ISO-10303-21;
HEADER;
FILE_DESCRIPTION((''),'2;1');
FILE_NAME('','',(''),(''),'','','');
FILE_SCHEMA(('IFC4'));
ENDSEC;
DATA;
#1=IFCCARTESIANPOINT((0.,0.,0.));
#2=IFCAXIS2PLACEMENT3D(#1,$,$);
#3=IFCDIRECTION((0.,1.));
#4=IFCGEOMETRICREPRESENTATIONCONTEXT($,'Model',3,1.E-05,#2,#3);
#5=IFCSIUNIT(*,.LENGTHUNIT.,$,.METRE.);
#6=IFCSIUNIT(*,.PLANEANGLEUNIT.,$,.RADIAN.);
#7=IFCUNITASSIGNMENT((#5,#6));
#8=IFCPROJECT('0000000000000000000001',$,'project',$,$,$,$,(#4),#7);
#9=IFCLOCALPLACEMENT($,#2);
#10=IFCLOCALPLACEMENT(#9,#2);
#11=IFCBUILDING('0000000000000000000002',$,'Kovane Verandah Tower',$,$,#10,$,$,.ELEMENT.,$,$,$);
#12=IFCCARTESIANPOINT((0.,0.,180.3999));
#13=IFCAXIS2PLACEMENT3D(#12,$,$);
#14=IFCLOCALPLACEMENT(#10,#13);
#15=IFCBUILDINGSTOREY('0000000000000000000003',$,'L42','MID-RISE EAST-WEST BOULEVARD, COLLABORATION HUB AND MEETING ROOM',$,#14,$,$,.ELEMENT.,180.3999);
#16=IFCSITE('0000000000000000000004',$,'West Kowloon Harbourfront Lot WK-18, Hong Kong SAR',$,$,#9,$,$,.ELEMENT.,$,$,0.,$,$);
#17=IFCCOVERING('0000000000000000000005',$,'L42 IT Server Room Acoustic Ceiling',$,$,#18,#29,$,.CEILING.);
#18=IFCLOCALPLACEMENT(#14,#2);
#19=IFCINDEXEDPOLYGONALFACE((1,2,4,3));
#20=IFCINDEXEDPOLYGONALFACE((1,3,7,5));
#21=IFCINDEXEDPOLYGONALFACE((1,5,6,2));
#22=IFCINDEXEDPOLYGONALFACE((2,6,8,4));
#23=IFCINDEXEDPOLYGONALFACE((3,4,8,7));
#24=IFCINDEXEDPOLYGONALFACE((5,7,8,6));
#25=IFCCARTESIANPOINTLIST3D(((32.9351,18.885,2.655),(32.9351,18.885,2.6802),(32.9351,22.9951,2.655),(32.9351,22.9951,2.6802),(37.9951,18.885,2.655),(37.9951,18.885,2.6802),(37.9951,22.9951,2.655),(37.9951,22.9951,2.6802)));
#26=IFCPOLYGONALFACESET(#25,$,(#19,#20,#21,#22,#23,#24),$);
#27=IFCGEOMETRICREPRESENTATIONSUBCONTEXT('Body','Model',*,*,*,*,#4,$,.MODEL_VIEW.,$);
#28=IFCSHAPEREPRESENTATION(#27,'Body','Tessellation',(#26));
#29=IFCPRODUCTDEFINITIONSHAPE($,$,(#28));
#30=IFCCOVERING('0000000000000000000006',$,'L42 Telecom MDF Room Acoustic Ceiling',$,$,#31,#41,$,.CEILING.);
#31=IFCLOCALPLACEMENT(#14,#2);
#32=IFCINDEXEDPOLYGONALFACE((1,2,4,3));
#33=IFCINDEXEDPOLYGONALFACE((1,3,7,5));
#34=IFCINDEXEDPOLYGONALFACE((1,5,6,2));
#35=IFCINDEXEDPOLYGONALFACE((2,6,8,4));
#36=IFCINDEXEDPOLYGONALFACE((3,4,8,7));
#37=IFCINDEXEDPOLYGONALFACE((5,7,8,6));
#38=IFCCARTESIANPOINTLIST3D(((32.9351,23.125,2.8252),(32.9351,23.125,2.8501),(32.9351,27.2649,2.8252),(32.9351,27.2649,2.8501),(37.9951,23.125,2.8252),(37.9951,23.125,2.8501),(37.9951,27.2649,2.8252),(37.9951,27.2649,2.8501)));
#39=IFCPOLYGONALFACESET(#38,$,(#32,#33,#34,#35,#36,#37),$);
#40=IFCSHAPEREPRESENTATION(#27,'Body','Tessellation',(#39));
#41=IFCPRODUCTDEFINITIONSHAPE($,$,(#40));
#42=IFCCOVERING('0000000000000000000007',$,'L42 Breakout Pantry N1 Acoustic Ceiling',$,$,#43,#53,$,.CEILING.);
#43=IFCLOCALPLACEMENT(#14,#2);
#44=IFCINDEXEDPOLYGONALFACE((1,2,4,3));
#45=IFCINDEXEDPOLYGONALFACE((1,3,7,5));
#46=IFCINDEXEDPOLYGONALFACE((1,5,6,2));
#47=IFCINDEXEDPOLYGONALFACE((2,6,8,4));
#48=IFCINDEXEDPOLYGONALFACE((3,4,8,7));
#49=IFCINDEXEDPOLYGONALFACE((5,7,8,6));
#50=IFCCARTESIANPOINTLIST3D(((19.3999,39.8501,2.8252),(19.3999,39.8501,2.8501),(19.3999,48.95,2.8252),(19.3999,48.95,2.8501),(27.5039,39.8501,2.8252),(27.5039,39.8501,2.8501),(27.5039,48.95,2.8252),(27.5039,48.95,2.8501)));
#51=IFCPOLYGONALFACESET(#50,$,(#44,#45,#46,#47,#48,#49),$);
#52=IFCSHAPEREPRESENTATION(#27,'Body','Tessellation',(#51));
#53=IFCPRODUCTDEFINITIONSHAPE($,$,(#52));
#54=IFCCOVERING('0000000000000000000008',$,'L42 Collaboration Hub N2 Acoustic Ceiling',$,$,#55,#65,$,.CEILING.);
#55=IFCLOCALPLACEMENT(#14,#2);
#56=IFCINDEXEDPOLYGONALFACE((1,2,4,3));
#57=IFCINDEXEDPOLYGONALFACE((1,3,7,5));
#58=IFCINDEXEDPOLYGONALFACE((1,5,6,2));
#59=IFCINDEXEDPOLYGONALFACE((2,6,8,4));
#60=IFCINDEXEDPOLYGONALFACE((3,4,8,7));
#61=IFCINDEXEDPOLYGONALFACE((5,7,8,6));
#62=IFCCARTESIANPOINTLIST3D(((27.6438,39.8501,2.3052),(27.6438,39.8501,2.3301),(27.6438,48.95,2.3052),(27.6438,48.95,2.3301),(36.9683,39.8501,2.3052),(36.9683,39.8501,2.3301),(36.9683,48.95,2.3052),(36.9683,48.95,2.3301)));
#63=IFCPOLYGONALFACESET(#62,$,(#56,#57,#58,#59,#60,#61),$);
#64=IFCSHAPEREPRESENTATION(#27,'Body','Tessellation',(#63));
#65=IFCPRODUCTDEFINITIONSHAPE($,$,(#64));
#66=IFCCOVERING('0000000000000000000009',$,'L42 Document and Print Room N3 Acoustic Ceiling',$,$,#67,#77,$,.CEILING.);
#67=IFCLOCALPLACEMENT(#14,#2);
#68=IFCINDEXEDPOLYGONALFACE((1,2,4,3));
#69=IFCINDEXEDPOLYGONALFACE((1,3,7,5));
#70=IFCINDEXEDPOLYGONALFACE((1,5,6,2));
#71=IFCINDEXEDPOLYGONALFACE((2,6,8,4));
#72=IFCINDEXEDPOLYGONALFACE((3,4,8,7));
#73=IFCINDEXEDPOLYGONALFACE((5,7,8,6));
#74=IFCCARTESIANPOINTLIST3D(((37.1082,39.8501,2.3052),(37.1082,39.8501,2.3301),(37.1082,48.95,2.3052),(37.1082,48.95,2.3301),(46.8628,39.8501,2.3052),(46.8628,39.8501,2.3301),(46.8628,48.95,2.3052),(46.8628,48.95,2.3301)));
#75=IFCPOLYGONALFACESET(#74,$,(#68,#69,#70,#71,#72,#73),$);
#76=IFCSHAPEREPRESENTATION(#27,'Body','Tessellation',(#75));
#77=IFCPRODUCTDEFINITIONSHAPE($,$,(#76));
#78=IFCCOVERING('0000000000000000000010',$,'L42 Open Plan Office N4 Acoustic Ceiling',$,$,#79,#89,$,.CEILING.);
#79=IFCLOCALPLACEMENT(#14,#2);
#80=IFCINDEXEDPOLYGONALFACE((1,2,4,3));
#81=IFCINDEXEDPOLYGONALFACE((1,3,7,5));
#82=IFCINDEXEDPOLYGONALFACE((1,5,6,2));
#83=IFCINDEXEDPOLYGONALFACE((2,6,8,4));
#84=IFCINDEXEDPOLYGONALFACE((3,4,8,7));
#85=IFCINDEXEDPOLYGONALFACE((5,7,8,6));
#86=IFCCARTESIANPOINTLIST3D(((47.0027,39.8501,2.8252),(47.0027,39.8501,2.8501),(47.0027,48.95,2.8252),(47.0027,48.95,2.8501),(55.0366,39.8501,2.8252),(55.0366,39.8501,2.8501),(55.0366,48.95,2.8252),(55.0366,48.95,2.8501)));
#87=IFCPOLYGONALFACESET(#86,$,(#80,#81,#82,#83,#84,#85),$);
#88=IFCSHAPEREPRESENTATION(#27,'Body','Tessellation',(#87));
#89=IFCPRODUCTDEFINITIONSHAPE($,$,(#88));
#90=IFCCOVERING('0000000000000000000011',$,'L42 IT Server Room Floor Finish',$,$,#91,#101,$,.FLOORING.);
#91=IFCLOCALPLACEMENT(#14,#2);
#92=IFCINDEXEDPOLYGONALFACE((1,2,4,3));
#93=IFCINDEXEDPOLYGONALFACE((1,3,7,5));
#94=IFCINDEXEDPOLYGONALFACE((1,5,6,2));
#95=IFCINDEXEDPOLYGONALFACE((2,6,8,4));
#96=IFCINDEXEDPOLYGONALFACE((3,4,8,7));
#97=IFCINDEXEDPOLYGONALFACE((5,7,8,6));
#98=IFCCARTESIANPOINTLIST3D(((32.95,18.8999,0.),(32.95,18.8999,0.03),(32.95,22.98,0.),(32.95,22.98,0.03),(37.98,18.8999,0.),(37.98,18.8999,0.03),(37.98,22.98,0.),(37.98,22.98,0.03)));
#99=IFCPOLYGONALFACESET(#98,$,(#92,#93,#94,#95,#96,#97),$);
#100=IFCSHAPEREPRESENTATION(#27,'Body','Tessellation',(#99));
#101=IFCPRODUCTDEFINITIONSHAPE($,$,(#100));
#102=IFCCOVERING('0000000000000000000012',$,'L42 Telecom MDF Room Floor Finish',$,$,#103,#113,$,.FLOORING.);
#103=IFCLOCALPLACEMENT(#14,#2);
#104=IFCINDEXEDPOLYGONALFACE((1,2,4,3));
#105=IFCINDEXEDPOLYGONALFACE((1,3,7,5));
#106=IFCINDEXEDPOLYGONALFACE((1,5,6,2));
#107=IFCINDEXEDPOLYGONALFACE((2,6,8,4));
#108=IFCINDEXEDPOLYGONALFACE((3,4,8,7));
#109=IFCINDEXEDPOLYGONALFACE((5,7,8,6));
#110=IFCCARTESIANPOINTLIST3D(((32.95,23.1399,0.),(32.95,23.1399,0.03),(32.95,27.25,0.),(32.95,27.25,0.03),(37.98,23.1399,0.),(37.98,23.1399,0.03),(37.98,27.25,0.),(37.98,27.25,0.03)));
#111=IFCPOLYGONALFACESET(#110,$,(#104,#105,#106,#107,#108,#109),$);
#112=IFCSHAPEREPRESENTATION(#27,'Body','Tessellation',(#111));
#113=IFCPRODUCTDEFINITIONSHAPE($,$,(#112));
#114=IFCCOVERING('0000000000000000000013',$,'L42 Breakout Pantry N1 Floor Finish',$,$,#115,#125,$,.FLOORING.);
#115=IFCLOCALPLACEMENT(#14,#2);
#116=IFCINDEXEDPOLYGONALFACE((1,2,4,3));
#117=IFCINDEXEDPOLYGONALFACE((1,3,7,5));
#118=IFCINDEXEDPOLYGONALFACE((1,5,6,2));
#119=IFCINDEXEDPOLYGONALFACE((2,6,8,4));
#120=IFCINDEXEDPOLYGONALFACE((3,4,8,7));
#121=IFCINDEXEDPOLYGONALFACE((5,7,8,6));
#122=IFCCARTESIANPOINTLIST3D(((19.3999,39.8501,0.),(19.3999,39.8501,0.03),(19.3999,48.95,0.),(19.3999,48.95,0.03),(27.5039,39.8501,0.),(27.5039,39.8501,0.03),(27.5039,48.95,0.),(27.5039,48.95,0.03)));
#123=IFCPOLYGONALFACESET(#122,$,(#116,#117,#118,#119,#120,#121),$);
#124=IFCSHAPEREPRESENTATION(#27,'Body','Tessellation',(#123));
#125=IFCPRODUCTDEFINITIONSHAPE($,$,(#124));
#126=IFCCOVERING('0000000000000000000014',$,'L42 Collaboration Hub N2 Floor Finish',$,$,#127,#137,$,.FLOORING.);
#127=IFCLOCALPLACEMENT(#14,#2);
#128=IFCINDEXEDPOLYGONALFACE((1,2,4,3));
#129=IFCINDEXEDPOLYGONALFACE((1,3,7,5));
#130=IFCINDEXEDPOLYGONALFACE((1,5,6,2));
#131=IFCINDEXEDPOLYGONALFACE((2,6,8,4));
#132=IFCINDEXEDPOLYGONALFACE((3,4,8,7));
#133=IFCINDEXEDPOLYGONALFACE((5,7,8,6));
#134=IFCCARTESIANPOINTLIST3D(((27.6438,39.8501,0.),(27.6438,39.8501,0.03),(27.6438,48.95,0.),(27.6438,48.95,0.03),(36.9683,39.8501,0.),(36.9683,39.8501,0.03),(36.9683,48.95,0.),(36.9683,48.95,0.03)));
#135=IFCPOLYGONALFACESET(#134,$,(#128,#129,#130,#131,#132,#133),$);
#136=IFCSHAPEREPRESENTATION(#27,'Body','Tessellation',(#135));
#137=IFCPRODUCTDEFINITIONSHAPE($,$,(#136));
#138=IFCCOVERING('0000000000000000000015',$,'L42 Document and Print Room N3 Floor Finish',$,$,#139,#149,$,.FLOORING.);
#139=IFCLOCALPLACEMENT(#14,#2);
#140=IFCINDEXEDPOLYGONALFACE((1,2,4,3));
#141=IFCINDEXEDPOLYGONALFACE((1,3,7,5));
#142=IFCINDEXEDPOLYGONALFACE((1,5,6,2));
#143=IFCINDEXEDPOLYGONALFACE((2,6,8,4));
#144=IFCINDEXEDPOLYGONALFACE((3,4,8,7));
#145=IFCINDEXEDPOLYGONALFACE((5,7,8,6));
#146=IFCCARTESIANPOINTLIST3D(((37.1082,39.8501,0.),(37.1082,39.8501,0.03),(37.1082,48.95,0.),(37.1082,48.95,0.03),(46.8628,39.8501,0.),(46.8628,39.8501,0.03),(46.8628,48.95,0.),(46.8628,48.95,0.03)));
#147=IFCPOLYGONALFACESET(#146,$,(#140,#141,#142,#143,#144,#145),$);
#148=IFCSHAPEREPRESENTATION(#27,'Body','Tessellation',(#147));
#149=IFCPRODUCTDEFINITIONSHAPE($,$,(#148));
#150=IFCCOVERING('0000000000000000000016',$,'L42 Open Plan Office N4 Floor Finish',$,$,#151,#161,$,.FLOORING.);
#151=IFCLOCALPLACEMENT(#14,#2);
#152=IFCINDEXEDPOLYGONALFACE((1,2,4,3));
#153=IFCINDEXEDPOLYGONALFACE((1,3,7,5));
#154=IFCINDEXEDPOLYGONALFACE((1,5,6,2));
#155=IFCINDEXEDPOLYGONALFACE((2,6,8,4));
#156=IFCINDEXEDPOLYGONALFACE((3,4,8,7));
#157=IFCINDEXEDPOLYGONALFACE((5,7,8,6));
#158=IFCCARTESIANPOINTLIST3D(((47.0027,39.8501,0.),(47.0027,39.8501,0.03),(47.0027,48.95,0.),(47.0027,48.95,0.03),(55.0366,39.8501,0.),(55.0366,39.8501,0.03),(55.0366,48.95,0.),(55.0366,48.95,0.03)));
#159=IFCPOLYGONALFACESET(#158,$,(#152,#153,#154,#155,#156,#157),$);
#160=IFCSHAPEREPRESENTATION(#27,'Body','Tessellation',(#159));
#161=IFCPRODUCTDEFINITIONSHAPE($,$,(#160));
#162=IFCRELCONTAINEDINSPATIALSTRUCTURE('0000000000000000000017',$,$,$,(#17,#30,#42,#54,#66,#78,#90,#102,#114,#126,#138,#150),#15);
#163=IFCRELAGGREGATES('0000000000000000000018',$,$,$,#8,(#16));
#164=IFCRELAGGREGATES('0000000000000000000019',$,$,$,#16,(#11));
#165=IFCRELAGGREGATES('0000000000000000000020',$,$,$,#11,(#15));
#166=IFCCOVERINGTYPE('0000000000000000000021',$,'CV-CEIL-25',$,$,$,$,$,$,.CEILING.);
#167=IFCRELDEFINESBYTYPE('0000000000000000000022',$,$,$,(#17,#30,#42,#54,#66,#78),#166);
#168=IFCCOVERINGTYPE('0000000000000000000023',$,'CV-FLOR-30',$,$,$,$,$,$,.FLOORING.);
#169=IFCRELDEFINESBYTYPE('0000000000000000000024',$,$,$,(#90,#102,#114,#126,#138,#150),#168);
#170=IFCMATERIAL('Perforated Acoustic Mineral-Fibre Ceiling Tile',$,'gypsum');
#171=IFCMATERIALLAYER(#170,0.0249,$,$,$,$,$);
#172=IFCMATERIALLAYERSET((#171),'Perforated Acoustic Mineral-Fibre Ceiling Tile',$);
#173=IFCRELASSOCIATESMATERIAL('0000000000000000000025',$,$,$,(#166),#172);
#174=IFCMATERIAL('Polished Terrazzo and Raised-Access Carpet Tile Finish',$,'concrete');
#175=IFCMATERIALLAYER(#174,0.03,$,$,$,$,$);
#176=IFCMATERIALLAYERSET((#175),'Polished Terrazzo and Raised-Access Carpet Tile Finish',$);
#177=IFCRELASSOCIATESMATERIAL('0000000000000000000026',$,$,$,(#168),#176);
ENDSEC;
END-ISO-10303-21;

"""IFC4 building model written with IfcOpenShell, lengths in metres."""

from ifc_helpers import new_model, si_unit, direction, frame, origin, place, context, subcontext, project, spatial, polyline, outline, extrude, material, layer, layer_set, type_object, element, save


model = new_model("IFC4")

# Units and contexts
model_context = context("Model", 3, precision=1e-05, world=origin(), true_north=direction((0.0, 1.0)))
body_context = subcontext(model_context, "Body", "Model", "MODEL_VIEW")
ifc_project = project(units=[si_unit("LENGTHUNIT", "METRE"), si_unit("PLANEANGLEUNIT", "RADIAN")], contexts=[model_context])

# Site, building, storey
site_placement = place(None, origin())
site = spatial("IfcSite", under=ifc_project, at=site_placement, Name="West Kowloon Harbourfront Lot WK-18, Hong Kong SAR", CompositionType="ELEMENT", RefElevation=0.0)
building_placement = place(site_placement, origin())
building = spatial("IfcBuilding", under=site, at=building_placement, Name="Kovane Verandah Tower", CompositionType="ELEMENT")
storey_placement = place(building_placement, frame((0.0, 0.0, 180.3999)))
storey = spatial("IfcBuildingStorey", under=building, at=storey_placement, Name="L42", Description="MID-RISE EAST-WEST BOULEVARD, COLLABORATION HUB AND MEETING ROOM", CompositionType="ELEMENT", Elevation=180.3999)

# Coverings
ifc_material_1 = material(Name="Perforated Acoustic Mineral-Fibre Ceiling Tile", Category="gypsum")
ifc_layer_1 = layer(ifc_material_1, 0.0249)
ifc_layer_set_1 = layer_set([ifc_layer_1], Name="Perforated Acoustic Mineral-Fibre Ceiling Tile")
covering_type_1 = type_object("IfcCoveringType", Name="CV-CEIL-25", PredefinedType="CEILING", material=ifc_layer_set_1)
covering_1_placement = place(storey_placement, frame((0.0, 0.0, 2.655)))
element("IfcCovering", 1, at=covering_1_placement, inside=storey, type_object=covering_type_1, Name="L42 IT Server Room Acoustic Ceiling", PredefinedType="CEILING", context=body_context, shape_type="SweptSolid", body=[
    extrude(outline(polyline([(32.9351, 18.885), (37.9951, 18.885), (37.9951, 22.9951), (32.9351, 22.9951), (32.9351, 18.885)])), origin(), (0.0, 0.0, 1.0), 0.0251),
])
covering_2_placement = place(storey_placement, frame((0.0, 0.0, 2.8252)))
element("IfcCovering", 2, at=covering_2_placement, inside=storey, type_object=covering_type_1, Name="L42 Telecom MDF Room Acoustic Ceiling", PredefinedType="CEILING", context=body_context, shape_type="SweptSolid", body=[
    extrude(outline(polyline([(32.9351, 23.125), (37.9951, 23.125), (37.9951, 27.2649), (32.9351, 27.2649), (32.9351, 23.125)])), origin(), (0.0, 0.0, 1.0), 0.0249),
])
covering_3_placement = place(storey_placement, frame((0.0, 0.0, 2.8252)))
element("IfcCovering", 3, at=covering_3_placement, inside=storey, type_object=covering_type_1, Name="L42 Breakout Pantry N1 Acoustic Ceiling", PredefinedType="CEILING", context=body_context, shape_type="SweptSolid", body=[
    extrude(outline(polyline([(19.3999, 39.8501), (27.5039, 39.8501), (27.5039, 48.95), (19.3999, 48.95), (19.3999, 39.8501)])), origin(), (0.0, 0.0, 1.0), 0.0249),
])
covering_4_placement = place(storey_placement, frame((0.0, 0.0, 2.3052)))
element("IfcCovering", 4, at=covering_4_placement, inside=storey, type_object=covering_type_1, Name="L42 Collaboration Hub N2 Acoustic Ceiling", PredefinedType="CEILING", context=body_context, shape_type="SweptSolid", body=[
    extrude(outline(polyline([(27.6438, 39.8501), (36.9683, 39.8501), (36.9683, 48.95), (27.6438, 48.95), (27.6438, 39.8501)])), origin(), (0.0, 0.0, 1.0), 0.0249),
])
covering_5_placement = place(storey_placement, frame((0.0, 0.0, 2.3052)))
element("IfcCovering", 5, at=covering_5_placement, inside=storey, type_object=covering_type_1, Name="L42 Document and Print Room N3 Acoustic Ceiling", PredefinedType="CEILING", context=body_context, shape_type="SweptSolid", body=[
    extrude(outline(polyline([(37.1082, 39.8501), (46.8628, 39.8501), (46.8628, 48.95), (37.1082, 48.95), (37.1082, 39.8501)])), origin(), (0.0, 0.0, 1.0), 0.0249),
])
covering_6_placement = place(storey_placement, frame((0.0, 0.0, 2.8252)))
element("IfcCovering", 6, at=covering_6_placement, inside=storey, type_object=covering_type_1, Name="L42 Open Plan Office N4 Acoustic Ceiling", PredefinedType="CEILING", context=body_context, shape_type="SweptSolid", body=[
    extrude(outline(polyline([(47.0027, 39.8501), (55.0366, 39.8501), (55.0366, 48.95), (47.0027, 48.95), (47.0027, 39.8501)])), origin(), (0.0, 0.0, 1.0), 0.0249),
])
ifc_material_2 = material(Name="Polished Terrazzo and Raised-Access Carpet Tile Finish", Category="concrete")
ifc_layer_2 = layer(ifc_material_2, 0.03)
ifc_layer_set_2 = layer_set([ifc_layer_2], Name="Polished Terrazzo and Raised-Access Carpet Tile Finish")
covering_type_2 = type_object("IfcCoveringType", Name="CV-FLOR-30", PredefinedType="FLOORING", material=ifc_layer_set_2)
covering_7_placement = place(storey_placement, origin())
element("IfcCovering", 7, at=covering_7_placement, inside=storey, type_object=covering_type_2, Name="L42 IT Server Room Floor Finish", PredefinedType="FLOORING", context=body_context, shape_type="SweptSolid", body=[
    extrude(outline(polyline([(32.95, 18.8999), (37.98, 18.8999), (37.98, 22.98), (32.95, 22.98), (32.95, 18.8999)])), origin(), (0.0, 0.0, 1.0), 0.03),
])
covering_8_placement = place(storey_placement, origin())
element("IfcCovering", 8, at=covering_8_placement, inside=storey, type_object=covering_type_2, Name="L42 Telecom MDF Room Floor Finish", PredefinedType="FLOORING", context=body_context, shape_type="SweptSolid", body=[
    extrude(outline(polyline([(32.95, 23.1399), (37.98, 23.1399), (37.98, 27.25), (32.95, 27.25), (32.95, 23.1399)])), origin(), (0.0, 0.0, 1.0), 0.03),
])
covering_9_placement = place(storey_placement, origin())
element("IfcCovering", 9, at=covering_9_placement, inside=storey, type_object=covering_type_2, Name="L42 Breakout Pantry N1 Floor Finish", PredefinedType="FLOORING", context=body_context, shape_type="SweptSolid", body=[
    extrude(outline(polyline([(19.3999, 39.8501), (27.5039, 39.8501), (27.5039, 48.95), (19.3999, 48.95), (19.3999, 39.8501)])), origin(), (0.0, 0.0, 1.0), 0.03),
])
covering_10_placement = place(storey_placement, origin())
element("IfcCovering", 10, at=covering_10_placement, inside=storey, type_object=covering_type_2, Name="L42 Collaboration Hub N2 Floor Finish", PredefinedType="FLOORING", context=body_context, shape_type="SweptSolid", body=[
    extrude(outline(polyline([(27.6438, 39.8501), (36.9683, 39.8501), (36.9683, 48.95), (27.6438, 48.95), (27.6438, 39.8501)])), origin(), (0.0, 0.0, 1.0), 0.03),
])
covering_11_placement = place(storey_placement, origin())
element("IfcCovering", 11, at=covering_11_placement, inside=storey, type_object=covering_type_2, Name="L42 Document and Print Room N3 Floor Finish", PredefinedType="FLOORING", context=body_context, shape_type="SweptSolid", body=[
    extrude(outline(polyline([(37.1082, 39.8501), (46.8628, 39.8501), (46.8628, 48.95), (37.1082, 48.95), (37.1082, 39.8501)])), origin(), (0.0, 0.0, 1.0), 0.03),
])
covering_12_placement = place(storey_placement, origin())
element("IfcCovering", 12, at=covering_12_placement, inside=storey, type_object=covering_type_2, Name="L42 Open Plan Office N4 Floor Finish", PredefinedType="FLOORING", context=body_context, shape_type="SweptSolid", body=[
    extrude(outline(polyline([(47.0027, 39.8501), (55.0366, 39.8501), (55.0366, 48.95), (47.0027, 48.95), (47.0027, 39.8501)])), origin(), (0.0, 0.0, 1.0), 0.03),
])

save(model, "model.ifc")
